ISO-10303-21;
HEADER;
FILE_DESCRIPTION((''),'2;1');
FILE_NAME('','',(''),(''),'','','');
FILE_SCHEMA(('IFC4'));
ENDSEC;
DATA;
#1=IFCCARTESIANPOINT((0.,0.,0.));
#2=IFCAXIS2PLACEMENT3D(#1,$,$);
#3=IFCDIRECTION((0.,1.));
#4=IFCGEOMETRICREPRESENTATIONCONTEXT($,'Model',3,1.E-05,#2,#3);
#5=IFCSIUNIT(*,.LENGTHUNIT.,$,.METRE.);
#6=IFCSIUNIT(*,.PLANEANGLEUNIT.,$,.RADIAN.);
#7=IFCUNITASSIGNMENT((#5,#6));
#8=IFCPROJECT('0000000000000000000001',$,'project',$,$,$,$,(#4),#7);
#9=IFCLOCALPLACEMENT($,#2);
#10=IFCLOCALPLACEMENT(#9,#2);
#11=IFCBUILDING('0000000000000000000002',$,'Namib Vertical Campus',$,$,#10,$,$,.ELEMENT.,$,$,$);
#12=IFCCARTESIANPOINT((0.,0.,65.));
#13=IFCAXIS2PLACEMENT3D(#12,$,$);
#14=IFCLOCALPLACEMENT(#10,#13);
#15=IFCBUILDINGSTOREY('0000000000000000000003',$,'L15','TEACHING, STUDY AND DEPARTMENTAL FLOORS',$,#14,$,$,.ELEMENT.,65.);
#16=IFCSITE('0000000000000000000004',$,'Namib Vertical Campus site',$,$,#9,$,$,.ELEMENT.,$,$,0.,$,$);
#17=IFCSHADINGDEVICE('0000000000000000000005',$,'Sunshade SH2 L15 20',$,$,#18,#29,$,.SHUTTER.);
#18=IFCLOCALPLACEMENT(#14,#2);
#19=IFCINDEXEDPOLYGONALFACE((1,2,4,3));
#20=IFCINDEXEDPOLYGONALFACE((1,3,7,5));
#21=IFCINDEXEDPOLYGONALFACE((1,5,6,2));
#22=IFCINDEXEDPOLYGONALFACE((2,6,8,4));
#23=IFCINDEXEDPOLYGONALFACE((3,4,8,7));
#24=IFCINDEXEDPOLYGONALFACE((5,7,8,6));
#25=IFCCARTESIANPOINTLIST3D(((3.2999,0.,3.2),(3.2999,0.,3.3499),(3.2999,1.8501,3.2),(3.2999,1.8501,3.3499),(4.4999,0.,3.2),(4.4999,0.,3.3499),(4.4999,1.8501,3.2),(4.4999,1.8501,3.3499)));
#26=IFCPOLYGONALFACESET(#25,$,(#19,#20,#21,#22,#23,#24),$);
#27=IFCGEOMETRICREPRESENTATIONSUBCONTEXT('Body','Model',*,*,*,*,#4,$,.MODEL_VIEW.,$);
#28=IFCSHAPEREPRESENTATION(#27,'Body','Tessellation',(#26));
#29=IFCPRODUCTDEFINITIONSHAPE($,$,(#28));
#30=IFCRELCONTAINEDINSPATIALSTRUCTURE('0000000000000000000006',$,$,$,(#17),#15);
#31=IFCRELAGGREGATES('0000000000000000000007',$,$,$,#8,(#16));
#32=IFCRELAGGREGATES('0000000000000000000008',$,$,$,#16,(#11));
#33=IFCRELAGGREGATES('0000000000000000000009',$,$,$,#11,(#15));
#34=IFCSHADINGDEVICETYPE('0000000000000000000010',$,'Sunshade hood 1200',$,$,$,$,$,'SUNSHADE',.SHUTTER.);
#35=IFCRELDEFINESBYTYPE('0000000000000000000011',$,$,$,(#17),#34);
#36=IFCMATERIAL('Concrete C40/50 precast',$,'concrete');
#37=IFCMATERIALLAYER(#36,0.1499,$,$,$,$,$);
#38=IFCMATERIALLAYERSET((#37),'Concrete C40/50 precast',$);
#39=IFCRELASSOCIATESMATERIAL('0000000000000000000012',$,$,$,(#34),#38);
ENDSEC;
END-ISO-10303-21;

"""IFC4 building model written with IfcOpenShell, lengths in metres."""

from ifc_helpers import new_model, si_unit, direction, frame, origin, origin_2d, place, context, subcontext, project, spatial, rectangle, extrude, material, layer, layer_set, type_object, element, save


model = new_model("IFC4")

# Units and contexts
model_context = context("Model", 3, precision=1e-05, world=origin(), true_north=direction((0.0, 1.0)))
body_context = subcontext(model_context, "Body", "Model", "MODEL_VIEW")
ifc_project = project(units=[si_unit("LENGTHUNIT", "METRE"), si_unit("PLANEANGLEUNIT", "RADIAN")], contexts=[model_context])

# Site, building, storey
site_placement = place(None, origin())
site = spatial("IfcSite", under=ifc_project, at=site_placement, Name="Namib Vertical Campus site", CompositionType="ELEMENT", RefElevation=0.0)
building_placement = place(site_placement, origin())
building = spatial("IfcBuilding", under=site, at=building_placement, Name="Namib Vertical Campus", CompositionType="ELEMENT")
storey_placement = place(building_placement, frame((0.0, 0.0, 65.0)))
storey = spatial("IfcBuildingStorey", under=building, at=storey_placement, Name="L15", Description="TEACHING, STUDY AND DEPARTMENTAL FLOORS", CompositionType="ELEMENT", Elevation=65.0)

# Shading device
ifc_material_1 = material(Name="Concrete C40/50 precast", Category="concrete")
ifc_layer_1 = layer(ifc_material_1, 0.1499)
ifc_layer_set_1 = layer_set([ifc_layer_1], Name="Concrete C40/50 precast")
shading_device_type = type_object("IfcShadingDeviceType", Name="Sunshade hood 1200", ElementType="SUNSHADE", PredefinedType="SHUTTER", material=ifc_layer_set_1)
for number, where, z_axis, x_axis, name in (
    (1, (3.8999, 0.925, 3.2), (0.0, 0.0, 1.0), (0.0, -1.0, 0.0), "Sunshade SH2 L15 20"),
):
    element("IfcShadingDevice", number, at=place(storey_placement, frame(where, z_axis=z_axis, x_axis=x_axis)), inside=storey, type_object=shading_device_type, Name=name, PredefinedType="SHUTTER", context=body_context, shape_type="SweptSolid", body=[
        extrude(rectangle(XDim=1.8501, YDim=1.2, at=origin_2d()), origin(), (0.0, 0.0, 1.0), 0.1499),
    ])

save(model, "model.ifc")
